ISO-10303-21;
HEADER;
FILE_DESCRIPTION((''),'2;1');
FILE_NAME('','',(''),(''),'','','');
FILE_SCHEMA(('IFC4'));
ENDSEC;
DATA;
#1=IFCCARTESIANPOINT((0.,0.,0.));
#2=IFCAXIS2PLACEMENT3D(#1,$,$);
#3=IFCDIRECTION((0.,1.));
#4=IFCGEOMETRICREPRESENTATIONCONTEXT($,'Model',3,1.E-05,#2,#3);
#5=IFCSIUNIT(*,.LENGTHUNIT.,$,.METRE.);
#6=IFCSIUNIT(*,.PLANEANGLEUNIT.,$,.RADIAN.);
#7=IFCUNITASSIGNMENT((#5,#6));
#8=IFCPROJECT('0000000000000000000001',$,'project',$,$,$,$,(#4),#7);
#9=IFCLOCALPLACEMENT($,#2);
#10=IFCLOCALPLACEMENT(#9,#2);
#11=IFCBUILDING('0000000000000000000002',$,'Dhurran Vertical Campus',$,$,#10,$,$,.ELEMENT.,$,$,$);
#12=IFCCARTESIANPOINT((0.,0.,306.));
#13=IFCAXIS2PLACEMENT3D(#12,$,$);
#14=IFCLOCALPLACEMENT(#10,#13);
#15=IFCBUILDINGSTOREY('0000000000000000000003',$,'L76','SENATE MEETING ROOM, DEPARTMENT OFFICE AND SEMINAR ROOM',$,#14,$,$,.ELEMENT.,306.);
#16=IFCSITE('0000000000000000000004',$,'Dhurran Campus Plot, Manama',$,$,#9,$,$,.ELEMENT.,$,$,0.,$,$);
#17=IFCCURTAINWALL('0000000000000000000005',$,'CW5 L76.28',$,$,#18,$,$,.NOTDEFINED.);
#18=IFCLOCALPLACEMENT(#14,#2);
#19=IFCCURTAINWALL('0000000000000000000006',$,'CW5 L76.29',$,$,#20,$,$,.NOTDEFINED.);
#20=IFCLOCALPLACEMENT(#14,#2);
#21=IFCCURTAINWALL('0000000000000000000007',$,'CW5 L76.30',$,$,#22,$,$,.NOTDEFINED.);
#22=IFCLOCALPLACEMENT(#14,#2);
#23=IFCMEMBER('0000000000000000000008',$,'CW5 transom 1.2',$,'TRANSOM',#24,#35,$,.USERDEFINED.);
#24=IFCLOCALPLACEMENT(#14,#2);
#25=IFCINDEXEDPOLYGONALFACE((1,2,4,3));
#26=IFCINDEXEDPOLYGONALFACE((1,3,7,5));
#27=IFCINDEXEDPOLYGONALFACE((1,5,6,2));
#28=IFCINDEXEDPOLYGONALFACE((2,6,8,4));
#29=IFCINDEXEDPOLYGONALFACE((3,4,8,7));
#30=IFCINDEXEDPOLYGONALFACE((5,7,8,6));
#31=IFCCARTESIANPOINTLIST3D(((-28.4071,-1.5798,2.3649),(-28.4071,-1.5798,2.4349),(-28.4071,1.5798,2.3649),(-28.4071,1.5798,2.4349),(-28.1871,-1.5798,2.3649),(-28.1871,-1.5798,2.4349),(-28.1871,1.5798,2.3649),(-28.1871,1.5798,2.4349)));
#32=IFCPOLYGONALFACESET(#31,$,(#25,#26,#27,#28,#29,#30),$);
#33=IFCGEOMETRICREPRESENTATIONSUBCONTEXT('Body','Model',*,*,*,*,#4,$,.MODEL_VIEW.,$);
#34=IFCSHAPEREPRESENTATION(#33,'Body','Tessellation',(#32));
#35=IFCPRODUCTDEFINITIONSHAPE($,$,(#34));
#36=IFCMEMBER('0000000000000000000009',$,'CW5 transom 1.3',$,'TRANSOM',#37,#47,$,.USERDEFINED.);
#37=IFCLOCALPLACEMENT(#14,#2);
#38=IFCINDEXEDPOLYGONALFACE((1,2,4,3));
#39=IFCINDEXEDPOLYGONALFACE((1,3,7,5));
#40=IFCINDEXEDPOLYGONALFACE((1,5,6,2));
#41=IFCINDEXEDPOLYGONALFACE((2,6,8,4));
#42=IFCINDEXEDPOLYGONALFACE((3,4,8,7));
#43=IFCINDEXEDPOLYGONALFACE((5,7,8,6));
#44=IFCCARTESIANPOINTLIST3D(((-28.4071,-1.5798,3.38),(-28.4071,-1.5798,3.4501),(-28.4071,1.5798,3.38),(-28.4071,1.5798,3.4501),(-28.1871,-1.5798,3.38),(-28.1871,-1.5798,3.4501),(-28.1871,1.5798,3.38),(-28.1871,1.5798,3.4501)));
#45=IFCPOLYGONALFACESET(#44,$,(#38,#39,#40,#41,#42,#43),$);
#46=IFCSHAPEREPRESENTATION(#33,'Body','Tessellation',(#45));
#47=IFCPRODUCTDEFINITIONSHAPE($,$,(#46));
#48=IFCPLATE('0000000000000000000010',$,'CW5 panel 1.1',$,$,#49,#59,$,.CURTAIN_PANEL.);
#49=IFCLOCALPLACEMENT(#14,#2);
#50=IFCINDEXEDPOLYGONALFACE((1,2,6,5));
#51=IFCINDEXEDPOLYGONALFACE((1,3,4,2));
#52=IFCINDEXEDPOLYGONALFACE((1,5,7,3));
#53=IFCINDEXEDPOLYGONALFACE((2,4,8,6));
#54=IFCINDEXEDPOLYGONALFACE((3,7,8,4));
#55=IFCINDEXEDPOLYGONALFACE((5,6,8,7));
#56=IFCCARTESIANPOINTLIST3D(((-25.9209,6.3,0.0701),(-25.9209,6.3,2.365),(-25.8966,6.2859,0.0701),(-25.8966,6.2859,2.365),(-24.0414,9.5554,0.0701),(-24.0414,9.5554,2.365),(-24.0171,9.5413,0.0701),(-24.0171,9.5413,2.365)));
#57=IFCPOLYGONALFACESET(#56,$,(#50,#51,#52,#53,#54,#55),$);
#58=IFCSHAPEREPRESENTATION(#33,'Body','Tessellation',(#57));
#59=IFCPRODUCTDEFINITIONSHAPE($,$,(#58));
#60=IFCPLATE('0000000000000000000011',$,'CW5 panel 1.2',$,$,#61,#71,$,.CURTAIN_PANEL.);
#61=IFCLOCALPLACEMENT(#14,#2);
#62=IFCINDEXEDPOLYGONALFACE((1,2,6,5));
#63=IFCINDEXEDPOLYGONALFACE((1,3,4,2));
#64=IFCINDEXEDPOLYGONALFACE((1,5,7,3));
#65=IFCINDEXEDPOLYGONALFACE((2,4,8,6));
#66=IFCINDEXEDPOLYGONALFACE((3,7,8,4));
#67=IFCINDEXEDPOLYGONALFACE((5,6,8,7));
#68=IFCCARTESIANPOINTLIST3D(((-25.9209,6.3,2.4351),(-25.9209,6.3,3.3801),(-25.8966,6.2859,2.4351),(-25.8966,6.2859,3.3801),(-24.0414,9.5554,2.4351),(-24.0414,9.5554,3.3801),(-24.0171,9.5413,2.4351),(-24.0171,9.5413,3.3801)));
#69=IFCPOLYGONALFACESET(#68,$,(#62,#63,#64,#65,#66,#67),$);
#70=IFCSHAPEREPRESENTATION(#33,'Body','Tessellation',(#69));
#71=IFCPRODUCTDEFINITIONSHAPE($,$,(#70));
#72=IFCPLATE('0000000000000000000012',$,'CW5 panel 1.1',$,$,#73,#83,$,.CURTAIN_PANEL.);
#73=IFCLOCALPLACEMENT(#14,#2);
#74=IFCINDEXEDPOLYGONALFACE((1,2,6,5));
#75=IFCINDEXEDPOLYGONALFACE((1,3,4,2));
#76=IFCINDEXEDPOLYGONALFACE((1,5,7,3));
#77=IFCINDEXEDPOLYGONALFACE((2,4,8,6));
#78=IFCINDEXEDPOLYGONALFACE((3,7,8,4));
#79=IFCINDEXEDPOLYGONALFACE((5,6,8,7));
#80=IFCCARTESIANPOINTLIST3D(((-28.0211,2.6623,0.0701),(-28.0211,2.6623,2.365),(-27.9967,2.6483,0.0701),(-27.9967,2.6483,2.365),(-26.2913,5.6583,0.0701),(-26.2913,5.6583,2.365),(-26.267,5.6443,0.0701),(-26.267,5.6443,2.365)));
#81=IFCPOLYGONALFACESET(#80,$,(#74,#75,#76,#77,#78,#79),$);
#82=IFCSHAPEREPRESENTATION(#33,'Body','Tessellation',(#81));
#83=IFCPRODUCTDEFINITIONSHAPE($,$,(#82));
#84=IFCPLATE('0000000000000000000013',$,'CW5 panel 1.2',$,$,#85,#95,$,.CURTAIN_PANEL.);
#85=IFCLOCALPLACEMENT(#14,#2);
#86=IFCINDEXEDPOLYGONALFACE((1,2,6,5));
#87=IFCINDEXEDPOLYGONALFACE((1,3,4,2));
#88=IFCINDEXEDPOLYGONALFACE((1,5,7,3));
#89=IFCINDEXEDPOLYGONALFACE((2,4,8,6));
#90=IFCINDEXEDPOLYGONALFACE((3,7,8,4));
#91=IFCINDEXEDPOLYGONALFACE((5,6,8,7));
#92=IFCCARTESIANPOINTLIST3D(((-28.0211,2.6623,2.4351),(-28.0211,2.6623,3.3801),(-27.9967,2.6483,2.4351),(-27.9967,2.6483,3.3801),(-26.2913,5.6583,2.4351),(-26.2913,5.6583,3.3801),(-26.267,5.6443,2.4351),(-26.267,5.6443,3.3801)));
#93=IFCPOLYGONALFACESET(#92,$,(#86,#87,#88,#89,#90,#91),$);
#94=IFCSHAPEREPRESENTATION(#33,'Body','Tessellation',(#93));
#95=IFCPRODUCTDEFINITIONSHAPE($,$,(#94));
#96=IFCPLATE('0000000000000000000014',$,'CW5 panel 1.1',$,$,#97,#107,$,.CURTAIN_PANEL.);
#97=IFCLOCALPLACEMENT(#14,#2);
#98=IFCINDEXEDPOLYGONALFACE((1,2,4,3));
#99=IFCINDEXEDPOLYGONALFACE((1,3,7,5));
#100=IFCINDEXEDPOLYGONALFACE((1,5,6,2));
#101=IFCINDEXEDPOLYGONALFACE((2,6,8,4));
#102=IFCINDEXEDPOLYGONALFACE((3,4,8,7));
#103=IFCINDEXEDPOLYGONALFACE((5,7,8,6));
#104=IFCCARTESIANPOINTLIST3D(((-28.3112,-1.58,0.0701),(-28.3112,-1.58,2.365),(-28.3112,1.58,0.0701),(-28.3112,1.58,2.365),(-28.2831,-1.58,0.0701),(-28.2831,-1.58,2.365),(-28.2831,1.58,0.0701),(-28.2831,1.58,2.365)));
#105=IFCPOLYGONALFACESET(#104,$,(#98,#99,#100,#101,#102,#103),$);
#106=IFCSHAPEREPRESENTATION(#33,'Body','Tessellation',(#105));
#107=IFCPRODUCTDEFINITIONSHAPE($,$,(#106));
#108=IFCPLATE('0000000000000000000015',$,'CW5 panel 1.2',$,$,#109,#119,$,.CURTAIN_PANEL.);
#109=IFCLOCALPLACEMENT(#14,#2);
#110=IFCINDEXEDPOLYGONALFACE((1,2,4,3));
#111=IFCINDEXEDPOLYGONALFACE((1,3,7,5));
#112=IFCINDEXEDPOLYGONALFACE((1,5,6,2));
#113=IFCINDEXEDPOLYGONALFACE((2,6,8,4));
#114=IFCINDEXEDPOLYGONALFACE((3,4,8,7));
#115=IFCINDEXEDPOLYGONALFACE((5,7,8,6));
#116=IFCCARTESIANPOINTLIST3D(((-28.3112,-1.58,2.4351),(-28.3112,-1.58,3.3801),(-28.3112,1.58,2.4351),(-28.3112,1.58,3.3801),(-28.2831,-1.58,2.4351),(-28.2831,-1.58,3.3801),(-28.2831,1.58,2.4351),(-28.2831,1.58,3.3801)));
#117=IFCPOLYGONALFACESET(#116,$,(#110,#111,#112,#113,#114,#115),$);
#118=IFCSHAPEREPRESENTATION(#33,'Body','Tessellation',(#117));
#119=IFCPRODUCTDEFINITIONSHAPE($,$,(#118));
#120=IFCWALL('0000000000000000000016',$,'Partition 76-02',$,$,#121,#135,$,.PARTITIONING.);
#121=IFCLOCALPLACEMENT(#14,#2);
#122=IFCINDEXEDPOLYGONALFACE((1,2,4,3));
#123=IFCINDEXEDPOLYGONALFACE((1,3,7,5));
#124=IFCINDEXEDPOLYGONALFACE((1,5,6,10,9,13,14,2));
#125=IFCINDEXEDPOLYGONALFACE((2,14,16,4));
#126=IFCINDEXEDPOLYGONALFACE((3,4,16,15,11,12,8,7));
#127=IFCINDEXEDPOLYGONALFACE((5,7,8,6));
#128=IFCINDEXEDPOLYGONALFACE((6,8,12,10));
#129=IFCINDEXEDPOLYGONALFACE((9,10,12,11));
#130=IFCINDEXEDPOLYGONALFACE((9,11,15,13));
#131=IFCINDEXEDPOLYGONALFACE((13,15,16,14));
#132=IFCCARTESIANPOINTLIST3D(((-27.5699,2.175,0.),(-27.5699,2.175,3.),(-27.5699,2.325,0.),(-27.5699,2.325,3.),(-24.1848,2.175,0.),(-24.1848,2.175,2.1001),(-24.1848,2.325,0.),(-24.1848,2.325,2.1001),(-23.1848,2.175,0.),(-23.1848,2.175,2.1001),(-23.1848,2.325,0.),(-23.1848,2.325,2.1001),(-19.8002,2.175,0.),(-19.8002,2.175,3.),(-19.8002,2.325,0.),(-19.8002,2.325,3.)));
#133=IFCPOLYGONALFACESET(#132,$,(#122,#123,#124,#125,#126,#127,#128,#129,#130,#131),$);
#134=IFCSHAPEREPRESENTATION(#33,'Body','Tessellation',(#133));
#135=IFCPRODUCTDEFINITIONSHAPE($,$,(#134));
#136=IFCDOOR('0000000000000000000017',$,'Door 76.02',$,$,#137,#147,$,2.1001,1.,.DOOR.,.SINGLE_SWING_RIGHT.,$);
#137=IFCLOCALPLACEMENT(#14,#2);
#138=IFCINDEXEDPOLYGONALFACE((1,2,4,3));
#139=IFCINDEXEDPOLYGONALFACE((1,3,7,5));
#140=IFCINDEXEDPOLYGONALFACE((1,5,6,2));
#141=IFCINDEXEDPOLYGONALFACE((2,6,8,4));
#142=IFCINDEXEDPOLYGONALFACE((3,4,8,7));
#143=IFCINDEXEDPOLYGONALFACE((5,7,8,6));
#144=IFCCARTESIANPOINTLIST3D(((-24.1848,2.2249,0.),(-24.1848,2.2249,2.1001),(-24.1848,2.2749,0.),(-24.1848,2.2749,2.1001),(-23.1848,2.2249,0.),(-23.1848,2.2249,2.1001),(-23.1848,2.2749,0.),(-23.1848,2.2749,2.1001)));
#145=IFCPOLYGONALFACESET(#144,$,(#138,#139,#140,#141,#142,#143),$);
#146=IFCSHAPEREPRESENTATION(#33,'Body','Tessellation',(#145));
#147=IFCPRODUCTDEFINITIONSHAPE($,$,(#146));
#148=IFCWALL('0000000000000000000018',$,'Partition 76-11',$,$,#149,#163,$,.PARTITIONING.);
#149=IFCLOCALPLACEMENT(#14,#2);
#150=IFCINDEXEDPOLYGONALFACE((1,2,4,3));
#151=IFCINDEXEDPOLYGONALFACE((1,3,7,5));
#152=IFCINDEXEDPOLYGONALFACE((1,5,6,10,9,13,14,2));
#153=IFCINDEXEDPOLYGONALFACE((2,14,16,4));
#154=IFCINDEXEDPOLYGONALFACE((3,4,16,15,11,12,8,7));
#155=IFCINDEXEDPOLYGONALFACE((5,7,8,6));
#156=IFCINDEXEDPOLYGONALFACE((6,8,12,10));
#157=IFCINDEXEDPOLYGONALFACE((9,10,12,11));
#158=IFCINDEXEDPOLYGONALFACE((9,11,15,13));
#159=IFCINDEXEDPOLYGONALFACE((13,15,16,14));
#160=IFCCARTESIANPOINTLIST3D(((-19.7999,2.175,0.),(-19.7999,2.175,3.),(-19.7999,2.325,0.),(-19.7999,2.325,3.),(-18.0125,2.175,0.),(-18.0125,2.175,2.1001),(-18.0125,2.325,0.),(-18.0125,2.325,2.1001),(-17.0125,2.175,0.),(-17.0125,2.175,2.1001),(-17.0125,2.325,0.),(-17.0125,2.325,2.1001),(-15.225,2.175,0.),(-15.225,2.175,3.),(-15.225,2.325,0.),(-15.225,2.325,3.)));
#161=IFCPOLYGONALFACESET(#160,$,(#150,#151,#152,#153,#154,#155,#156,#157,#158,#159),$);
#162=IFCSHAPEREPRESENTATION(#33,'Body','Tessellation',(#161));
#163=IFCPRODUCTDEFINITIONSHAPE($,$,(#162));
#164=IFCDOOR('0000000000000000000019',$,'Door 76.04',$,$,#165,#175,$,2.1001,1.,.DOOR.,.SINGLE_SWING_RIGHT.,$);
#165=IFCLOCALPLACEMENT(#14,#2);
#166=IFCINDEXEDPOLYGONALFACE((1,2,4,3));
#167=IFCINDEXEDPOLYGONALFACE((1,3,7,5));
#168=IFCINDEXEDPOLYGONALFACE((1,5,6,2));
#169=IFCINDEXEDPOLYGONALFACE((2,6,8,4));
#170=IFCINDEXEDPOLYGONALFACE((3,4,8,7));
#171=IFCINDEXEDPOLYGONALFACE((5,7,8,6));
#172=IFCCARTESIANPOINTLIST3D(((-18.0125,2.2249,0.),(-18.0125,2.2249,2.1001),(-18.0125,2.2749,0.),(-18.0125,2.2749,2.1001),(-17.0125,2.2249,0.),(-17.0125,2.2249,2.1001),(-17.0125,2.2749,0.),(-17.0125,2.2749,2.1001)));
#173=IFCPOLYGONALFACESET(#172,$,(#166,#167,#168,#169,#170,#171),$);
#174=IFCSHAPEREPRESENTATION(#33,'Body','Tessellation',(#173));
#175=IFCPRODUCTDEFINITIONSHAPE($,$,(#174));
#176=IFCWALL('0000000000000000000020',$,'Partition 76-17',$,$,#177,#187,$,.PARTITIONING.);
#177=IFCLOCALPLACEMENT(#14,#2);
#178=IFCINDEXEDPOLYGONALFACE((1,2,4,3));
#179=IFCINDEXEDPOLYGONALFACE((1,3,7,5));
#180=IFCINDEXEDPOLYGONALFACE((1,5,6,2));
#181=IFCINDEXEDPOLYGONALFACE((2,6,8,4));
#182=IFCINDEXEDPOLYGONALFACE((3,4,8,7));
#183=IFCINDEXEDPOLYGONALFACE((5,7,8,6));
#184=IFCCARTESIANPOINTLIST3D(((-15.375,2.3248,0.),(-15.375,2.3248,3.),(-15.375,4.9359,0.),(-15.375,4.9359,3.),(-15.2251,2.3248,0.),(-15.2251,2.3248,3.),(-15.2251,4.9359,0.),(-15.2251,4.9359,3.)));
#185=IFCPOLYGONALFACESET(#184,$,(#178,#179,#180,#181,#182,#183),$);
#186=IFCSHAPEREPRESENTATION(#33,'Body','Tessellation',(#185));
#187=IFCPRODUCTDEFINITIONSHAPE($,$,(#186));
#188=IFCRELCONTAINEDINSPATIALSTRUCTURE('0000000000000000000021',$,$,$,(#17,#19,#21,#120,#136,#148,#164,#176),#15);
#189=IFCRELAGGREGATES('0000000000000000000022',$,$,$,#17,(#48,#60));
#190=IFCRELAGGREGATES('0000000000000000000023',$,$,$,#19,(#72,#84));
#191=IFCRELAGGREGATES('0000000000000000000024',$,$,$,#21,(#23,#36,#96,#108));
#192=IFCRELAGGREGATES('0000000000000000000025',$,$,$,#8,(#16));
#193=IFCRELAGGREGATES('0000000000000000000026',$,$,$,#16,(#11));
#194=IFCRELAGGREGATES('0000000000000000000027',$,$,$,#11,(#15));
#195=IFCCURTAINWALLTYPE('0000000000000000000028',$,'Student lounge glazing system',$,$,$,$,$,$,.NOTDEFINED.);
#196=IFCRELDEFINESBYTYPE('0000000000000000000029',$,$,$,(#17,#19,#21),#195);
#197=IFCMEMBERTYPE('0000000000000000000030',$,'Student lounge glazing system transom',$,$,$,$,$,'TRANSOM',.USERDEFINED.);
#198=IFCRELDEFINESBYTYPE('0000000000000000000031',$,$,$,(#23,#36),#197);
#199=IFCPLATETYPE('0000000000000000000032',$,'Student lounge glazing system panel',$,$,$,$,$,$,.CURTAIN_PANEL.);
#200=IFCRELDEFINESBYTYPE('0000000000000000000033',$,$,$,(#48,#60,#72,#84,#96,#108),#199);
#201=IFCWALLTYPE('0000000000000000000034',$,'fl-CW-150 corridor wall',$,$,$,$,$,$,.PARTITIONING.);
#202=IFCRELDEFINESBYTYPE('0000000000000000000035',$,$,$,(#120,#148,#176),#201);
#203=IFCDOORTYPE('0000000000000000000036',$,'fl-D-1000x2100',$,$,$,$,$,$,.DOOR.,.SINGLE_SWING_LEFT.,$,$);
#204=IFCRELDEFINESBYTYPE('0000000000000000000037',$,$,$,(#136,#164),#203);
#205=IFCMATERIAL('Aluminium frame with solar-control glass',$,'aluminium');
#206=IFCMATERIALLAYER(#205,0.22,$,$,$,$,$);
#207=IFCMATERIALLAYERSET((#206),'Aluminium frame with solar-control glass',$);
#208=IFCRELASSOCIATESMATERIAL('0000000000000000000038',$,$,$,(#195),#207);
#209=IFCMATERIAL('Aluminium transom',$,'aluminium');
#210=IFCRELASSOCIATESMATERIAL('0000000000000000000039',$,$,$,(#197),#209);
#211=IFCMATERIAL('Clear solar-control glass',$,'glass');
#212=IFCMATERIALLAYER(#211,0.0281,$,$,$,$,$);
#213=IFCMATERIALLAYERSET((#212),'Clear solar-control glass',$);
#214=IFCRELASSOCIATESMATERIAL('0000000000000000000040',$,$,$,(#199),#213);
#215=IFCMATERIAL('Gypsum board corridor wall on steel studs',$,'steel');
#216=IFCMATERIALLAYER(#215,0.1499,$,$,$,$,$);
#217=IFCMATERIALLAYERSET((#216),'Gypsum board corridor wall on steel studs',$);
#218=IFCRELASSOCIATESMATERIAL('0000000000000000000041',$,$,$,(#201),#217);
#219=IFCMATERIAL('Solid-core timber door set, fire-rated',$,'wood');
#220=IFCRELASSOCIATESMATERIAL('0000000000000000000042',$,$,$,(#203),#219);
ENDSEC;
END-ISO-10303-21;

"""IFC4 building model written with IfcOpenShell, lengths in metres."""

from ifc_helpers import new_model, si_unit, direction, frame, frame_2d, origin, origin_2d, place, context, subcontext, project, spatial, rectangle, extrude, material, layer, layer_set, material_profile, profile_set, type_object, element, fill, aggregate, save


model = new_model("IFC4")

# Units and contexts
model_context = context("Model", 3, precision=1e-05, world=origin(), true_north=direction((0.0, 1.0)))
body_context = subcontext(model_context, "Body", "Model", "MODEL_VIEW")
ifc_project = project(units=[si_unit("LENGTHUNIT", "METRE"), si_unit("PLANEANGLEUNIT", "RADIAN")], contexts=[model_context])

# Site, building, storey
site_placement = place(None, origin())
site = spatial("IfcSite", under=ifc_project, at=site_placement, Name="Dhurran Campus Plot, Manama", CompositionType="ELEMENT", RefElevation=0.0)
building_placement = place(site_placement, origin())
building = spatial("IfcBuilding", under=site, at=building_placement, Name="Dhurran Vertical Campus", CompositionType="ELEMENT")
storey_placement = place(building_placement, frame((0.0, 0.0, 306.0)))
storey = spatial("IfcBuildingStorey", under=building, at=storey_placement, Name="L76", Description="SENATE MEETING ROOM, DEPARTMENT OFFICE AND SEMINAR ROOM", CompositionType="ELEMENT", Elevation=306.0)

# Curtain walls
ifc_material_1 = material(Name="Aluminium frame with solar-control glass", Category="aluminium")
ifc_layer_1 = layer(ifc_material_1, 0.22)
ifc_layer_set_1 = layer_set([ifc_layer_1], Name="Aluminium frame with solar-control glass")
curtain_wall_type = type_object("IfcCurtainWallType", Name="Student lounge glazing system", PredefinedType="NOTDEFINED", material=ifc_layer_set_1)
curtain_wall_1_placement = place(storey_placement, origin())
curtain_wall_1 = element("IfcCurtainWall", 1, at=curtain_wall_1_placement, inside=storey, type_object=curtain_wall_type, Name="CW5 L76.28", PredefinedType="NOTDEFINED")
curtain_wall_2_placement = place(storey_placement, origin())
curtain_wall_2 = element("IfcCurtainWall", 2, at=curtain_wall_2_placement, inside=storey, type_object=curtain_wall_type, Name="CW5 L76.29", PredefinedType="NOTDEFINED")

# Curtain wall
curtain_wall_3_placement = place(storey_placement, origin())
curtain_wall_3 = element("IfcCurtainWall", 3, at=curtain_wall_3_placement, inside=storey, type_object=curtain_wall_type, Name="CW5 L76.30", PredefinedType="NOTDEFINED")

# Members
ifc_material_2 = material(Name="Aluminium transom", Category="aluminium")
ifc_material_profile_1 = material_profile(ifc_material_2, rectangle(XDim=0.22, YDim=0.0701, at=origin_2d()), Name="Student lounge glazing system transom")
ifc_profile_set_1 = profile_set([ifc_material_profile_1], Name="Aluminium transom")
member_type_1 = type_object("IfcMemberType", Name="Student lounge glazing system transom", ElementType="TRANSOM", PredefinedType="USERDEFINED", material=ifc_profile_set_1)
member_1_placement = place(storey_placement, frame((-28.2971, 1.5798, 2.3999), z_axis=(0.0, -1.0, 0.0), x_axis=(1.0, 0.0, 0.0)))
member_1 = element("IfcMember", 4, at=member_1_placement, type_object=member_type_1, Name="CW5 transom 1.2", ObjectType="TRANSOM", PredefinedType="USERDEFINED", context=body_context, shape_type="SweptSolid", body=[
    extrude(rectangle(XDim=0.22, YDim=0.0701, at=origin_2d()), origin(), (0.0, 0.0, 1.0), 3.1597),
])
member_2_placement = place(storey_placement, frame((-28.2971, 1.5798, 3.415), z_axis=(0.0, -1.0, 0.0), x_axis=(1.0, 0.0, 0.0)))
member_2 = element("IfcMember", 5, at=member_2_placement, type_object=member_type_1, Name="CW5 transom 1.3", ObjectType="TRANSOM", PredefinedType="USERDEFINED", context=body_context, shape_type="SweptSolid", body=[
    extrude(rectangle(XDim=0.22, YDim=0.0701, at=origin_2d()), origin(), (0.0, 0.0, 1.0), 3.1597),
])

# Plates
ifc_material_3 = material(Name="Clear solar-control glass", Category="glass")
ifc_layer_2 = layer(ifc_material_3, 0.0281)
ifc_layer_set_2 = layer_set([ifc_layer_2], Name="Clear solar-control glass")
plate_type = type_object("IfcPlateType", Name="Student lounge glazing system panel", PredefinedType="CURTAIN_PANEL", material=ifc_layer_set_2)
plate_1_placement = place(storey_placement, frame((-24.969, 7.9207, 0.0701), z_axis=(0.0, 0.0, 1.0), x_axis=(-0.500004, -0.866023, 0.0)))
plate_1 = element("IfcPlate", 6, at=plate_1_placement, type_object=plate_type, Name="CW5 panel 1.1", PredefinedType="CURTAIN_PANEL", context=body_context, shape_type="SweptSolid", body=[
    extrude(rectangle(XDim=3.759, YDim=0.0281, at=origin_2d()), origin(), (0.0, 0.0, 1.0), 2.2949),
])
plate_2_placement = place(storey_placement, frame((-24.969, 7.9207, 2.4351), z_axis=(0.0, 0.0, 1.0), x_axis=(-0.500004, -0.866023, 0.0)))
plate_2 = element("IfcPlate", 7, at=plate_2_placement, type_object=plate_type, Name="CW5 panel 1.2", PredefinedType="CURTAIN_PANEL", context=body_context, shape_type="SweptSolid", body=[
    extrude(rectangle(XDim=3.759, YDim=0.0281, at=origin_2d()), origin(), (0.0, 0.0, 1.0), 0.9451),
])
aggregate(curtain_wall_1, [plate_1, plate_2])
plate_3_placement = place(storey_placement, frame((-27.144, 4.1533, 0.0701), z_axis=(0.0, 0.0, 1.0), x_axis=(-0.499997, -0.866027, 0.0)))
plate_3 = element("IfcPlate", 8, at=plate_3_placement, type_object=plate_type, Name="CW5 panel 1.1", PredefinedType="CURTAIN_PANEL", context=body_context, shape_type="SweptSolid", body=[
    extrude(rectangle(XDim=3.4595, YDim=0.0281, at=origin_2d()), origin(), (0.0, 0.0, 1.0), 2.2949),
])
plate_4_placement = place(storey_placement, frame((-27.144, 4.1533, 2.4351), z_axis=(0.0, 0.0, 1.0), x_axis=(-0.499997, -0.866027, 0.0)))
plate_4 = element("IfcPlate", 9, at=plate_4_placement, type_object=plate_type, Name="CW5 panel 1.2", PredefinedType="CURTAIN_PANEL", context=body_context, shape_type="SweptSolid", body=[
    extrude(rectangle(XDim=3.4595, YDim=0.0281, at=origin_2d()), origin(), (0.0, 0.0, 1.0), 0.9451),
])
aggregate(curtain_wall_2, [plate_3, plate_4])
plate_5_placement = place(storey_placement, frame((-28.2971, 0.0, 0.0701), z_axis=(0.0, 0.0, 1.0), x_axis=(0.0, -1.0, 0.0)))
plate_5 = element("IfcPlate", 10, at=plate_5_placement, type_object=plate_type, Name="CW5 panel 1.1", PredefinedType="CURTAIN_PANEL", context=body_context, shape_type="SweptSolid", body=[
    extrude(rectangle(XDim=3.1599, YDim=0.0281, at=origin_2d()), origin(), (0.0, 0.0, 1.0), 2.2949),
])
plate_6_placement = place(storey_placement, frame((-28.2971, 0.0, 2.4351), z_axis=(0.0, 0.0, 1.0), x_axis=(0.0, -1.0, 0.0)))
plate_6 = element("IfcPlate", 11, at=plate_6_placement, type_object=plate_type, Name="CW5 panel 1.2", PredefinedType="CURTAIN_PANEL", context=body_context, shape_type="SweptSolid", body=[
    extrude(rectangle(XDim=3.1599, YDim=0.0281, at=origin_2d()), origin(), (0.0, 0.0, 1.0), 0.9451),
])
aggregate(curtain_wall_3, [member_1, member_2, plate_5, plate_6])

# Walls, openings, doors
ifc_material_4 = material(Name="Gypsum board corridor wall on steel studs", Category="steel")
ifc_layer_3 = layer(ifc_material_4, 0.1499)
ifc_layer_set_3 = layer_set([ifc_layer_3], Name="Gypsum board corridor wall on steel studs")
wall_type_1 = type_object("IfcWallType", Name="fl-CW-150 corridor wall", PredefinedType="PARTITIONING", material=ifc_layer_set_3)
wall_1_placement = place(storey_placement, frame((-27.5698, 2.25, 0.0), z_axis=(0.0, 0.0, 1.0), x_axis=(1.0, 0.0, 0.0)))
wall_1 = element("IfcWall", 12, at=wall_1_placement, inside=storey, type_object=wall_type_1, Name="Partition 76-02", PredefinedType="PARTITIONING", context=body_context, shape_type="SweptSolid", body=[
    extrude(rectangle(XDim=7.7698, YDim=0.1499, at=frame_2d((3.8848, 0.0))), origin(), (0.0, 0.0, 1.0), 3.0),
])
opening_1_placement = place(wall_1_placement, frame((3.385, 0.0, 0.0)))
opening_1 = element("IfcOpeningElement", 13, at=opening_1_placement, cuts=wall_1, PredefinedType="OPENING", context=body_context, shape_type="SweptSolid", body=[
    extrude(rectangle(XDim=1.0, YDim=2.1001, at=frame_2d((0.5, 1.05))), frame((0.0, 0.085, 0.0), z_axis=(0.0, -1.0, 0.0), x_axis=(1.0, 0.0, 0.0)), (0.0, 0.0, 1.0), 0.1699),
])
ifc_material_5 = material(Name="Solid-core timber door set, fire-rated", Category="wood")
door_type = type_object("IfcDoorType", Name="fl-D-1000x2100", OperationType="SINGLE_SWING_LEFT", PredefinedType="DOOR", material=ifc_material_5)
door_1_placement = place(opening_1_placement, origin())
door_1 = element("IfcDoor", 14, at=door_1_placement, inside=storey, type_object=door_type, Name="Door 76.02", OperationType="SINGLE_SWING_RIGHT", OverallHeight=2.1001, OverallWidth=1.0, PredefinedType="DOOR", context=body_context, shape_type="SweptSolid", body=[
    extrude(rectangle(XDim=1.0, YDim=2.1001, at=frame_2d((0.5, 1.05))), frame((0.0, 0.0249, 0.0), z_axis=(0.0, -1.0, 0.0), x_axis=(1.0, 0.0, 0.0)), (0.0, 0.0, 1.0), 0.05),
])
fill(opening_1, door_1)
wall_2_placement = place(storey_placement, frame((-19.8, 2.25, 0.0), z_axis=(0.0, 0.0, 1.0), x_axis=(1.0, 0.0, 0.0)))
wall_2 = element("IfcWall", 15, at=wall_2_placement, inside=storey, type_object=wall_type_1, Name="Partition 76-11", PredefinedType="PARTITIONING", context=body_context, shape_type="SweptSolid", body=[
    extrude(rectangle(XDim=4.575, YDim=0.1499, at=frame_2d((2.2876, 0.0))), origin(), (0.0, 0.0, 1.0), 3.0),
])
opening_2_placement = place(wall_2_placement, frame((1.7876, 0.0, 0.0)))
opening_2 = element("IfcOpeningElement", 16, at=opening_2_placement, cuts=wall_2, PredefinedType="OPENING", context=body_context, shape_type="SweptSolid", body=[
    extrude(rectangle(XDim=1.0, YDim=2.1001, at=frame_2d((0.5, 1.05))), frame((0.0, 0.085, 0.0), z_axis=(0.0, -1.0, 0.0), x_axis=(1.0, 0.0, 0.0)), (0.0, 0.0, 1.0), 0.1699),
])
door_2_placement = place(opening_2_placement, origin())
door_2 = element("IfcDoor", 17, at=door_2_placement, inside=storey, type_object=door_type, Name="Door 76.04", OperationType="SINGLE_SWING_RIGHT", OverallHeight=2.1001, OverallWidth=1.0, PredefinedType="DOOR", context=body_context, shape_type="SweptSolid", body=[
    extrude(rectangle(XDim=1.0, YDim=2.1001, at=frame_2d((0.5, 1.05))), frame((0.0, 0.0249, 0.0), z_axis=(0.0, -1.0, 0.0), x_axis=(1.0, 0.0, 0.0)), (0.0, 0.0, 1.0), 0.05),
])
fill(opening_2, door_2)

# Wall
wall_3_placement = place(storey_placement, frame((-15.3, 4.936, 0.0), z_axis=(0.0, 0.0, 1.0), x_axis=(0.0, -1.0, 0.0)))
element("IfcWall", 18, at=wall_3_placement, inside=storey, type_object=wall_type_1, Name="Partition 76-17", PredefinedType="PARTITIONING", context=body_context, shape_type="SweptSolid", body=[
    extrude(rectangle(XDim=2.6111, YDim=0.1499, at=frame_2d((1.3057, 0.0))), origin(), (0.0, 0.0, 1.0), 3.0),
])

save(model, "model.ifc")
